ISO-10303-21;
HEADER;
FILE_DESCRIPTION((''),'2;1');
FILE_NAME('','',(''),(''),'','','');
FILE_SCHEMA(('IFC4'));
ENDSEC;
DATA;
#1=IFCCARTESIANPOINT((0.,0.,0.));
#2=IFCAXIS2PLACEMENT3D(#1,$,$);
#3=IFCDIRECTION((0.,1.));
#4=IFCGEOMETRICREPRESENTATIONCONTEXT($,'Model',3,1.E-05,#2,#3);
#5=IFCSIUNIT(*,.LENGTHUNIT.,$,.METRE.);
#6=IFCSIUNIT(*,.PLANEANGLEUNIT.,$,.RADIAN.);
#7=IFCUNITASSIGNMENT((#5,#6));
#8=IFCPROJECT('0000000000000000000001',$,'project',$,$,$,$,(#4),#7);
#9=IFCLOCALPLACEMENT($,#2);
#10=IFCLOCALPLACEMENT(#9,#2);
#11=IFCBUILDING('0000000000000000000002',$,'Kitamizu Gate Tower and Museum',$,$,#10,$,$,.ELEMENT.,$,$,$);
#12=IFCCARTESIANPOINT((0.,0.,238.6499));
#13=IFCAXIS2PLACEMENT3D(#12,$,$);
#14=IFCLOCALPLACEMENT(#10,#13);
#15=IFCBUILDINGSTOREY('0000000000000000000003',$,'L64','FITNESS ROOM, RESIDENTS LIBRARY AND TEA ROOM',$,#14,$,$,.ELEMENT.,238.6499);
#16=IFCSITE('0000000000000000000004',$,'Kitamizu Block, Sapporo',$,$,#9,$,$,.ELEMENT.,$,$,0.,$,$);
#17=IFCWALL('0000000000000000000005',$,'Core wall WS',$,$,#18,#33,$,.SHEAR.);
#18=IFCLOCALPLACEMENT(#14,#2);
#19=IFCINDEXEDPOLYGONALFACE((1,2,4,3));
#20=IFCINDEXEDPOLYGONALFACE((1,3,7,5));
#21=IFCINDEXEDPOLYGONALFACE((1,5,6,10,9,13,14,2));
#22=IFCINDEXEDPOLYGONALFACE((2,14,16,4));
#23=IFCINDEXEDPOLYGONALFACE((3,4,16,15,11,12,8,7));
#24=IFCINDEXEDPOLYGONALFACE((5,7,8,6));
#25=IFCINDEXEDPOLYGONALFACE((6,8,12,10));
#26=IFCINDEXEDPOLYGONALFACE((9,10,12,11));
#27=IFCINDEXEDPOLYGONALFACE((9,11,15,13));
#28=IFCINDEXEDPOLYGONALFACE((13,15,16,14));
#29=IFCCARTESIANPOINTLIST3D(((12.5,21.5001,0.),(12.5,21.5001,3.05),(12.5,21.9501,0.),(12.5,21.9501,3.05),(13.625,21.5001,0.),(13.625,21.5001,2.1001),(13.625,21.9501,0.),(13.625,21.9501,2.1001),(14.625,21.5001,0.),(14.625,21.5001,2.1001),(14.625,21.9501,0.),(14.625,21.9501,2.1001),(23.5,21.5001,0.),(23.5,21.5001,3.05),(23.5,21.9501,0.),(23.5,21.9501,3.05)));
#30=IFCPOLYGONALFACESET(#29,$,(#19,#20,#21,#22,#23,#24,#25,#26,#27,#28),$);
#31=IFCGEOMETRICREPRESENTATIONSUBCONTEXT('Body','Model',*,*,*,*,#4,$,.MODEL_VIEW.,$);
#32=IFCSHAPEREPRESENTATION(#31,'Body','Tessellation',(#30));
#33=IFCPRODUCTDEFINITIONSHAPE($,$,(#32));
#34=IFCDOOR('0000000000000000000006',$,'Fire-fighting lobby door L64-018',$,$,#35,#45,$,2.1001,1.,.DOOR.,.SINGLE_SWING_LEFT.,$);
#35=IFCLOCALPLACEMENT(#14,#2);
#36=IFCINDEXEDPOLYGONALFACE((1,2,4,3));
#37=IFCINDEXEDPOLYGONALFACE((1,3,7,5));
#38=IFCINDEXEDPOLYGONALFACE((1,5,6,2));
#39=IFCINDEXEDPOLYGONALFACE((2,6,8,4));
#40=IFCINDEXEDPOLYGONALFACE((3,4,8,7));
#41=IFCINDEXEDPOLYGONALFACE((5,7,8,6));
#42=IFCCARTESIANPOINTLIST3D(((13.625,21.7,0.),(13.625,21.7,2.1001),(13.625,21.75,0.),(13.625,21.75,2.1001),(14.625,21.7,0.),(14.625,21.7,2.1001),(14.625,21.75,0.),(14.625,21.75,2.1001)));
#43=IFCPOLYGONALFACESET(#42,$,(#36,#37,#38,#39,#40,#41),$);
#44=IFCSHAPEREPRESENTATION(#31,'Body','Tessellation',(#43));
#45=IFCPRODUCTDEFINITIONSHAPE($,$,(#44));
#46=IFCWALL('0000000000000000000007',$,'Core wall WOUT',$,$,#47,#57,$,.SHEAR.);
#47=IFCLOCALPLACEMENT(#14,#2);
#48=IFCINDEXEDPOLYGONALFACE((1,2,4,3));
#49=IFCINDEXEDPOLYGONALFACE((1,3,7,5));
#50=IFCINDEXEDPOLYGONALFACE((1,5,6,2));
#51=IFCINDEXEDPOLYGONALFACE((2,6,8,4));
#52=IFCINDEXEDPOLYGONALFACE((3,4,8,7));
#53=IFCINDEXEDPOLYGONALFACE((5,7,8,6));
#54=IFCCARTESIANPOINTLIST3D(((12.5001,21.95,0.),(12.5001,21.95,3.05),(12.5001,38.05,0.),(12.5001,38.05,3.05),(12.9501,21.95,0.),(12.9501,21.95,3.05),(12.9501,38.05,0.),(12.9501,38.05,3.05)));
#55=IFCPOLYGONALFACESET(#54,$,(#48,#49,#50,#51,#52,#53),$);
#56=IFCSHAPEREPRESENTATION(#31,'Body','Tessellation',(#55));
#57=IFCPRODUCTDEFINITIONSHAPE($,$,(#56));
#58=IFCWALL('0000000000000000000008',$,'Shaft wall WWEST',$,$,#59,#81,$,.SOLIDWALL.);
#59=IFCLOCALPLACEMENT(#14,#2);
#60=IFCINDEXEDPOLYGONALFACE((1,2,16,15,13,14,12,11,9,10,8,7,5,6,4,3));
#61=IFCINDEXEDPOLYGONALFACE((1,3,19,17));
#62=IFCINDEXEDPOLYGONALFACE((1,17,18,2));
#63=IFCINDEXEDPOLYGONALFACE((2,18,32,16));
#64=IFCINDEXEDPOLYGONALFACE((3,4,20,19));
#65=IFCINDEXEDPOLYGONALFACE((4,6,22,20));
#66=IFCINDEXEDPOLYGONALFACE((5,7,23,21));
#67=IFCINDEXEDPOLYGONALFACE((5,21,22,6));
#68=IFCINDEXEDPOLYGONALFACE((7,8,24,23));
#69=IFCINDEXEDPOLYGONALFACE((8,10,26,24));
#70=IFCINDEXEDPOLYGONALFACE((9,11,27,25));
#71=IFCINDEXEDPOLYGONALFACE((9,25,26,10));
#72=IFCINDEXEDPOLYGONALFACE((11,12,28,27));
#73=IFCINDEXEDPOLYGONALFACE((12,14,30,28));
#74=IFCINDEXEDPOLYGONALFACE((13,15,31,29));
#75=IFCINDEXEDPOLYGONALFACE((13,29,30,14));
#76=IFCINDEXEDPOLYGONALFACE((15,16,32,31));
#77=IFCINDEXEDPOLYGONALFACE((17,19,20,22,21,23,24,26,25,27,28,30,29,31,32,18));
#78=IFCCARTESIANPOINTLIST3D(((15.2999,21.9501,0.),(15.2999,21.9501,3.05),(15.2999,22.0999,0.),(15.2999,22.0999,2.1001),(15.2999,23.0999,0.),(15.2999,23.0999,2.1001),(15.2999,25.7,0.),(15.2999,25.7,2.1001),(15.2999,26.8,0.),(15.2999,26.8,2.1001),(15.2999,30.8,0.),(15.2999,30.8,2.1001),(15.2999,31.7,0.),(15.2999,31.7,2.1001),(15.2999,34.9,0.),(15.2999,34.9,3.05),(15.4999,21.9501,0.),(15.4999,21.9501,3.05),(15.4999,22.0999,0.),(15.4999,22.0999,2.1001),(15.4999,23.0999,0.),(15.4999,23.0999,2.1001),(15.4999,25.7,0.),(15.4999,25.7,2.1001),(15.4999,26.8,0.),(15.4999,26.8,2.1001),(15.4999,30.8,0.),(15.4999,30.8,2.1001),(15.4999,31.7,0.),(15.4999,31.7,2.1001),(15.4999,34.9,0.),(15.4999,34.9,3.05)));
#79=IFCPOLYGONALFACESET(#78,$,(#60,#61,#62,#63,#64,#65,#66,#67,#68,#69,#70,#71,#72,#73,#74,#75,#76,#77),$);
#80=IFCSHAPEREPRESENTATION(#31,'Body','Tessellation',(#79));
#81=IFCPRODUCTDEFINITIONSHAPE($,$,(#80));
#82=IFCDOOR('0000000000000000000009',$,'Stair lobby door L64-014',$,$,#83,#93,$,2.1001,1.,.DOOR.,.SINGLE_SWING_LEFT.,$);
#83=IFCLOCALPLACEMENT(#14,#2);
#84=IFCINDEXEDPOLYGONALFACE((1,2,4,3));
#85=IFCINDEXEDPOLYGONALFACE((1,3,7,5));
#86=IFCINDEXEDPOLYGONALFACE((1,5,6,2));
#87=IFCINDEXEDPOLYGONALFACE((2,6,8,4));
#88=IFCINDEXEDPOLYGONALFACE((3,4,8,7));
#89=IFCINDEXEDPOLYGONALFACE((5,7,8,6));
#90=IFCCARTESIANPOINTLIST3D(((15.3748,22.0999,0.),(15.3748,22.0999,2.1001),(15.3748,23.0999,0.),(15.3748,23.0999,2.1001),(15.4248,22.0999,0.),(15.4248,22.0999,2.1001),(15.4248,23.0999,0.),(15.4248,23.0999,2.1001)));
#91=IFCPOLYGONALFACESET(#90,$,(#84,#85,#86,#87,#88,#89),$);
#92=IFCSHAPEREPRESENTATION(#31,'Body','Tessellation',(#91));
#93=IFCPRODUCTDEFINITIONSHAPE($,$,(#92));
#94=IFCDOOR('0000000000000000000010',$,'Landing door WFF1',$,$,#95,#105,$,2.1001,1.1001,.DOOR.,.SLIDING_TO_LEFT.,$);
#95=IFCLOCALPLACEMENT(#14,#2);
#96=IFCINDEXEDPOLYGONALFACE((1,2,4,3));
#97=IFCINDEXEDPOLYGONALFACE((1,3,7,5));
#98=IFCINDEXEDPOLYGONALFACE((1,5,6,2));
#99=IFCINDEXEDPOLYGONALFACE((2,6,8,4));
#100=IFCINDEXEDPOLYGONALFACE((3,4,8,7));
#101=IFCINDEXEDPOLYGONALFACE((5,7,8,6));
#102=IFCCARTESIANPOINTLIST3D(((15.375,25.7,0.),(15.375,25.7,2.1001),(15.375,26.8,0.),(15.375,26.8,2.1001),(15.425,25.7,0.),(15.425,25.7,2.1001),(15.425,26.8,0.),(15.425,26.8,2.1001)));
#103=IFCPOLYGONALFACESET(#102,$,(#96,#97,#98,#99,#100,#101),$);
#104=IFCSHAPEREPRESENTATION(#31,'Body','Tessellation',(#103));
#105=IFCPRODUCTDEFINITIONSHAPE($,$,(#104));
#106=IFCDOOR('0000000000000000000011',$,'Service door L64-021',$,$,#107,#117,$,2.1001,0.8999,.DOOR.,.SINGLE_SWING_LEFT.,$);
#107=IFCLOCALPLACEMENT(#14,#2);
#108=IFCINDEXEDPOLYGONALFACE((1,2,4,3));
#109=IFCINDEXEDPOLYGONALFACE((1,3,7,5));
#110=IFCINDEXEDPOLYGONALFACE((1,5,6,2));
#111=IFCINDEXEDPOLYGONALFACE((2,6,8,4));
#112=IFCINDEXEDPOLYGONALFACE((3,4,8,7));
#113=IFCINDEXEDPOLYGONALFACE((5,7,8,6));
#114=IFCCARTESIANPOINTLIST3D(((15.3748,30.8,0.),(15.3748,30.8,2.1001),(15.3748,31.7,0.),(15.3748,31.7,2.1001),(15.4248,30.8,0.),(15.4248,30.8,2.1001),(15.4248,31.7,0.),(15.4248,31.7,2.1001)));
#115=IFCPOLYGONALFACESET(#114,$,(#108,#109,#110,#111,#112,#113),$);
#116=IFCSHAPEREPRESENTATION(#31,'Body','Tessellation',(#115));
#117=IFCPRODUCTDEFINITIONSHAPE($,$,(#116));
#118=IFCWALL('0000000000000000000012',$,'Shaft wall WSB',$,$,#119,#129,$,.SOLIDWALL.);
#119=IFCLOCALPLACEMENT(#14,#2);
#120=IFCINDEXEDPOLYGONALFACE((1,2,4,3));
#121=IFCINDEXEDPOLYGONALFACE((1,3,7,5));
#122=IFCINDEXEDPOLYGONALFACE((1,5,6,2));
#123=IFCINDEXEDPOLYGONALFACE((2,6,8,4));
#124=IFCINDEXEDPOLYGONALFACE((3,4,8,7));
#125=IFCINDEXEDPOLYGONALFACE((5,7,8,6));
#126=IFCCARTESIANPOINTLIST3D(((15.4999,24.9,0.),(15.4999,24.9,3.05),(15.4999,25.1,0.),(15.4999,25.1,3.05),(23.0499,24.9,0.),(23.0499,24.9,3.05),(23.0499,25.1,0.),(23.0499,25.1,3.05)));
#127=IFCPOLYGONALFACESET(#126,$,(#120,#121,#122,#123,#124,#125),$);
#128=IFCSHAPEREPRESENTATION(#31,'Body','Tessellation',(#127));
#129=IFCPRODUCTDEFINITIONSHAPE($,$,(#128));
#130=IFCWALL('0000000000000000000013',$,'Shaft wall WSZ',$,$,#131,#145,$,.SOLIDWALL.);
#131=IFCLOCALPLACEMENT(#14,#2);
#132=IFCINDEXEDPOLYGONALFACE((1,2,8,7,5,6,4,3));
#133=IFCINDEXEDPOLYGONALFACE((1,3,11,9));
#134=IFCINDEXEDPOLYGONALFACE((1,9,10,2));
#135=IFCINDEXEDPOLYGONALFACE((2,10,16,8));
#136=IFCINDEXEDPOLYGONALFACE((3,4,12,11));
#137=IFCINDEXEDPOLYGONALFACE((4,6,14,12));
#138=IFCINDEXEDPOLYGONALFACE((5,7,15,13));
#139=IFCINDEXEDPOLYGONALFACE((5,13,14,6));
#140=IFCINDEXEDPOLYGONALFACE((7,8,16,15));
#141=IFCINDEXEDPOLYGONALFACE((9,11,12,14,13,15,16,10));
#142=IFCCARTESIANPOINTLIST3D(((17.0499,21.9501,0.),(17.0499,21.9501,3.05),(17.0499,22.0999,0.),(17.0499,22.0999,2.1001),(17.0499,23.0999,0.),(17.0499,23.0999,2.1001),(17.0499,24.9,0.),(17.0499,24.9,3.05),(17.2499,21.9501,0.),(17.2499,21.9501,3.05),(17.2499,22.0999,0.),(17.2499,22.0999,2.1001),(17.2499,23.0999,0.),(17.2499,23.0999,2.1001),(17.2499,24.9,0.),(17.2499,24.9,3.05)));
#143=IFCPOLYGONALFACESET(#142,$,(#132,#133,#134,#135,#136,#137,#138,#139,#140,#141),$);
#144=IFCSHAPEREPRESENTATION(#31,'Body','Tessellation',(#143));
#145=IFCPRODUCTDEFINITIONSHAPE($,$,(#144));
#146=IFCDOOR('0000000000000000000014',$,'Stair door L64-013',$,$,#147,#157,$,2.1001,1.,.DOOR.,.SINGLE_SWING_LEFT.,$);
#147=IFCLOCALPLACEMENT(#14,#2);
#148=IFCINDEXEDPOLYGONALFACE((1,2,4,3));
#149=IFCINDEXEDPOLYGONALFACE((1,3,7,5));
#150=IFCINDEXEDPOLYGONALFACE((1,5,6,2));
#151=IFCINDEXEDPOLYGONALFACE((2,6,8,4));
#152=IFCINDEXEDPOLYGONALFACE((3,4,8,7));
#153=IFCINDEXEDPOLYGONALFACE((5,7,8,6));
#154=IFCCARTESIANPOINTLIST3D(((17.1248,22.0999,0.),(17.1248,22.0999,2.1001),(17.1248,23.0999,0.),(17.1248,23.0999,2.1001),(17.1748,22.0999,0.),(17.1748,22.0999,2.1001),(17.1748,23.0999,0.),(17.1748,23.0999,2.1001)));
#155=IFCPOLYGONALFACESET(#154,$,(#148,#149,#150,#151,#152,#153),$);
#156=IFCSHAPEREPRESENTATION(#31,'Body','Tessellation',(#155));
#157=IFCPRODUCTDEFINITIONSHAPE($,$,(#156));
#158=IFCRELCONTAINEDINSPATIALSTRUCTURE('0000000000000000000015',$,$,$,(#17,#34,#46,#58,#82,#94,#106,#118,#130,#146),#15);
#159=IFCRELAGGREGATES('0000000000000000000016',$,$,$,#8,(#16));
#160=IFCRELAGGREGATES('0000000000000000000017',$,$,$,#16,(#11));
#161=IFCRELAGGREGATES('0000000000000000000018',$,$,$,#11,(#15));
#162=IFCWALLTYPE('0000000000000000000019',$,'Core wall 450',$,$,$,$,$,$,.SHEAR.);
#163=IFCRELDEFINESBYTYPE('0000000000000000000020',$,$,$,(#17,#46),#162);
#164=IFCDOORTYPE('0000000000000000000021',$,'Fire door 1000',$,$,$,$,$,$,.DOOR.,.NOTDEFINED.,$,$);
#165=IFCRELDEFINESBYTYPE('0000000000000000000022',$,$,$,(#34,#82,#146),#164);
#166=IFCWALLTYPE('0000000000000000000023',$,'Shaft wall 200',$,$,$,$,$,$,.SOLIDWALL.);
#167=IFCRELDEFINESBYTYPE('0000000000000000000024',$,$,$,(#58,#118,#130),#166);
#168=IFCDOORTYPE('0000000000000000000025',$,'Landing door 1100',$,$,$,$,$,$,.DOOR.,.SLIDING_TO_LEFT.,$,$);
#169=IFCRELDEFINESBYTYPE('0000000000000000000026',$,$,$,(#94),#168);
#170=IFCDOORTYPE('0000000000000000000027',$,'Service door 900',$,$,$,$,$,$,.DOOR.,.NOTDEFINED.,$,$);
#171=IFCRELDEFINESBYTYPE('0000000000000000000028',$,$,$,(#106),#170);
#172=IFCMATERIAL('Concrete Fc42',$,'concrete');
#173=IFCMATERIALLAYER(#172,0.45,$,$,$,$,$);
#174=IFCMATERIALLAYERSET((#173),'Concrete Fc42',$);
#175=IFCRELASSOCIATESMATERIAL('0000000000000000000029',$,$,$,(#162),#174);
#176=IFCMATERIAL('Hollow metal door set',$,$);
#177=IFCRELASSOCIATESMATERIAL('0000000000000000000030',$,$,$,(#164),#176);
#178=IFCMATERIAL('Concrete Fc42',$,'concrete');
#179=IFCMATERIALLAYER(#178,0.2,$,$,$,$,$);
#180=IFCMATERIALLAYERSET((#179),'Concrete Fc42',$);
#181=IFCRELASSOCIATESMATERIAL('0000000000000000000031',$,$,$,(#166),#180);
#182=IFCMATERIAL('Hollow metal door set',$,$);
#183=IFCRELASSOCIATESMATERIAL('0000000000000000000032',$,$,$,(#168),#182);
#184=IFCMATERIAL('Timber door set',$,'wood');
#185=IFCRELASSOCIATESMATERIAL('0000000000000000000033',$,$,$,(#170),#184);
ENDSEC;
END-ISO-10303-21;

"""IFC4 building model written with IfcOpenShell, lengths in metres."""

from ifc_helpers import new_model, si_unit, direction, frame, frame_2d, origin, place, context, subcontext, project, spatial, rectangle, extrude, material, layer, layer_set, type_object, element, fill, save


model = new_model("IFC4")

# Units and contexts
model_context = context("Model", 3, precision=1e-05, world=origin(), true_north=direction((0.0, 1.0)))
body_context = subcontext(model_context, "Body", "Model", "MODEL_VIEW")
ifc_project = project(units=[si_unit("LENGTHUNIT", "METRE"), si_unit("PLANEANGLEUNIT", "RADIAN")], contexts=[model_context])

# Site, building, storey
site_placement = place(None, origin())
site = spatial("IfcSite", under=ifc_project, at=site_placement, Name="Kitamizu Block, Sapporo", CompositionType="ELEMENT", RefElevation=0.0)
building_placement = place(site_placement, origin())
building = spatial("IfcBuilding", under=site, at=building_placement, Name="Kitamizu Gate Tower and Museum", CompositionType="ELEMENT")
storey_placement = place(building_placement, frame((0.0, 0.0, 238.6499)))
storey = spatial("IfcBuildingStorey", under=building, at=storey_placement, Name="L64", Description="FITNESS ROOM, RESIDENTS LIBRARY AND TEA ROOM", CompositionType="ELEMENT", Elevation=238.6499)

# Wall, opening, door
ifc_material_1 = material(Name="Concrete Fc42", Category="concrete")
ifc_layer_1 = layer(ifc_material_1, 0.45)
ifc_layer_set_1 = layer_set([ifc_layer_1], Name="Concrete Fc42")
wall_type_1 = type_object("IfcWallType", Name="Core wall 450", PredefinedType="SHEAR", material=ifc_layer_set_1)
wall_1_placement = place(storey_placement, frame((12.5, 21.7251, 0.0), z_axis=(0.0, 0.0, 1.0), x_axis=(1.0, 0.0, 0.0)))
wall_1 = element("IfcWall", 1, at=wall_1_placement, inside=storey, type_object=wall_type_1, Name="Core wall WS", PredefinedType="SHEAR", context=body_context, shape_type="SweptSolid", body=[
    extrude(rectangle(XDim=11.0, YDim=0.45, at=frame_2d((5.5, 0.0))), origin(), (0.0, 0.0, 1.0), 3.05),
])
opening_1_placement = place(wall_1_placement, frame((1.125, 0.0, 0.0)))
opening_1 = element("IfcOpeningElement", 2, at=opening_1_placement, cuts=wall_1, PredefinedType="OPENING", context=body_context, shape_type="SweptSolid", body=[
    extrude(rectangle(XDim=1.0, YDim=2.1001, at=frame_2d((0.5, 1.05))), frame((0.0, 0.2349, 0.0), z_axis=(0.0, -1.0, 0.0), x_axis=(1.0, 0.0, 0.0)), (0.0, 0.0, 1.0), 0.47),
])
ifc_material_2 = material(Name="Hollow metal door set")
door_type_1 = type_object("IfcDoorType", Name="Fire door 1000", OperationType="NOTDEFINED", PredefinedType="DOOR", material=ifc_material_2)
door_1_placement = place(opening_1_placement, origin())
door_1 = element("IfcDoor", 3, at=door_1_placement, inside=storey, type_object=door_type_1, Name="Fire-fighting lobby door L64-018", OperationType="SINGLE_SWING_LEFT", OverallHeight=2.1001, OverallWidth=1.0, PredefinedType="DOOR", context=body_context, shape_type="SweptSolid", body=[
    extrude(rectangle(XDim=1.0, YDim=2.1001, at=frame_2d((0.5, 1.05))), frame((0.0, 0.0249, 0.0), z_axis=(0.0, -1.0, 0.0), x_axis=(1.0, 0.0, 0.0)), (0.0, 0.0, 1.0), 0.05),
])
fill(opening_1, door_1)

# Wall
wall_2_placement = place(storey_placement, frame((12.7251, 21.95, 0.0), z_axis=(0.0, 0.0, 1.0), x_axis=(0.0, 1.0, 0.0)))
element("IfcWall", 4, at=wall_2_placement, inside=storey, type_object=wall_type_1, Name="Core wall WOUT", PredefinedType="SHEAR", context=body_context, shape_type="SweptSolid", body=[
    extrude(rectangle(XDim=16.1001, YDim=0.45, at=frame_2d((8.05, 0.0))), origin(), (0.0, 0.0, 1.0), 3.05),
])

# Wall, openings, doors
ifc_material_3 = material(Name="Concrete Fc42", Category="concrete")
ifc_layer_2 = layer(ifc_material_3, 0.2)
ifc_layer_set_2 = layer_set([ifc_layer_2], Name="Concrete Fc42")
wall_type_2 = type_object("IfcWallType", Name="Shaft wall 200", PredefinedType="SOLIDWALL", material=ifc_layer_set_2)
wall_3_placement = place(storey_placement, frame((15.3999, 21.95, 0.0), z_axis=(0.0, 0.0, 1.0), x_axis=(0.0, 1.0, 0.0)))
wall_3 = element("IfcWall", 5, at=wall_3_placement, inside=storey, type_object=wall_type_2, Name="Shaft wall WWEST", PredefinedType="SOLIDWALL", context=body_context, shape_type="SweptSolid", body=[
    extrude(rectangle(XDim=12.95, YDim=0.2, at=frame_2d((6.4751, 0.0))), origin(), (0.0, 0.0, 1.0), 3.05),
])
opening_2_placement = place(wall_3_placement, frame((3.75, 0.0, 0.0)))
opening_2 = element("IfcOpeningElement", 6, at=opening_2_placement, cuts=wall_3, PredefinedType="OPENING", context=body_context, shape_type="SweptSolid", body=[
    extrude(rectangle(XDim=1.1001, YDim=2.1001, at=frame_2d((0.55, 1.05))), frame((0.0, 0.1099, 0.0), z_axis=(0.0, -1.0, 0.0), x_axis=(1.0, 0.0, 0.0)), (0.0, 0.0, 1.0), 0.22),
])
opening_3_placement = place(wall_3_placement, frame((0.1499, 0.0, 0.0)))
opening_3 = element("IfcOpeningElement", 7, at=opening_3_placement, cuts=wall_3, PredefinedType="OPENING", context=body_context, shape_type="SweptSolid", body=[
    extrude(rectangle(XDim=1.0, YDim=2.1001, at=frame_2d((0.5, 1.05))), frame((0.0, 0.1099, 0.0), z_axis=(0.0, -1.0, 0.0), x_axis=(1.0, 0.0, 0.0)), (0.0, 0.0, 1.0), 0.22),
])
opening_4_placement = place(wall_3_placement, frame((8.8501, 0.0, 0.0)))
opening_4 = element("IfcOpeningElement", 8, at=opening_4_placement, cuts=wall_3, PredefinedType="OPENING", context=body_context, shape_type="SweptSolid", body=[
    extrude(rectangle(XDim=0.8999, YDim=2.1001, at=frame_2d((0.45, 1.05))), frame((0.0, 0.1099, 0.0), z_axis=(0.0, -1.0, 0.0), x_axis=(1.0, 0.0, 0.0)), (0.0, 0.0, 1.0), 0.22),
])
door_2_placement = place(opening_3_placement, frame((1.0, 0.0, 0.0), x_axis=(-1.0, 0.0, 0.0)))
door_2 = element("IfcDoor", 9, at=door_2_placement, inside=storey, type_object=door_type_1, Name="Stair lobby door L64-014", OperationType="SINGLE_SWING_LEFT", OverallHeight=2.1001, OverallWidth=1.0, PredefinedType="DOOR", context=body_context, shape_type="SweptSolid", body=[
    extrude(rectangle(XDim=1.0, YDim=2.1001, at=frame_2d((0.5, 1.05))), frame((0.0, 0.0249, 0.0), z_axis=(0.0, -1.0, 0.0), x_axis=(1.0, 0.0, 0.0)), (0.0, 0.0, 1.0), 0.05),
])
fill(opening_3, door_2)
ifc_material_4 = material(Name="Hollow metal door set")
door_type_2 = type_object("IfcDoorType", Name="Landing door 1100", OperationType="SLIDING_TO_LEFT", PredefinedType="DOOR", material=ifc_material_4)
door_3_placement = place(opening_2_placement, origin())
door_3 = element("IfcDoor", 10, at=door_3_placement, inside=storey, type_object=door_type_2, Name="Landing door WFF1", OperationType="SLIDING_TO_LEFT", OverallHeight=2.1001, OverallWidth=1.1001, PredefinedType="DOOR", context=body_context, shape_type="SweptSolid", body=[
    extrude(rectangle(XDim=1.1001, YDim=2.1001, at=frame_2d((0.55, 1.05))), frame((0.0, 0.0249, 0.0), z_axis=(0.0, -1.0, 0.0), x_axis=(1.0, 0.0, 0.0)), (0.0, 0.0, 1.0), 0.05),
])
fill(opening_2, door_3)
ifc_material_5 = material(Name="Timber door set", Category="wood")
door_type_3 = type_object("IfcDoorType", Name="Service door 900", OperationType="NOTDEFINED", PredefinedType="DOOR", material=ifc_material_5)
door_4_placement = place(opening_4_placement, frame((0.8999, 0.0, 0.0), x_axis=(-1.0, 0.0, 0.0)))
door_4 = element("IfcDoor", 11, at=door_4_placement, inside=storey, type_object=door_type_3, Name="Service door L64-021", OperationType="SINGLE_SWING_LEFT", OverallHeight=2.1001, OverallWidth=0.8999, PredefinedType="DOOR", context=body_context, shape_type="SweptSolid", body=[
    extrude(rectangle(XDim=0.8999, YDim=2.1001, at=frame_2d((0.45, 1.05))), frame((0.0, 0.0249, 0.0), z_axis=(0.0, -1.0, 0.0), x_axis=(1.0, 0.0, 0.0)), (0.0, 0.0, 1.0), 0.05),
])
fill(opening_4, door_4)

# Wall
wall_4_placement = place(storey_placement, frame((15.5, 25.0, 0.0), z_axis=(0.0, 0.0, 1.0), x_axis=(1.0, 0.0, 0.0)))
element("IfcWall", 12, at=wall_4_placement, inside=storey, type_object=wall_type_2, Name="Shaft wall WSB", PredefinedType="SOLIDWALL", context=body_context, shape_type="SweptSolid", body=[
    extrude(rectangle(XDim=7.55, YDim=0.2, at=frame_2d((3.7749, 0.0))), origin(), (0.0, 0.0, 1.0), 3.05),
])

# Wall, opening, door
wall_5_placement = place(storey_placement, frame((17.1499, 21.95, 0.0), z_axis=(0.0, 0.0, 1.0), x_axis=(0.0, 1.0, 0.0)))
wall_5 = element("IfcWall", 13, at=wall_5_placement, inside=storey, type_object=wall_type_2, Name="Shaft wall WSZ", PredefinedType="SOLIDWALL", context=body_context, shape_type="SweptSolid", body=[
    extrude(rectangle(XDim=2.95, YDim=0.2, at=frame_2d((1.4751, 0.0))), origin(), (0.0, 0.0, 1.0), 3.05),
])
opening_5_placement = place(wall_5_placement, frame((0.1499, 0.0, 0.0)))
opening_5 = element("IfcOpeningElement", 14, at=opening_5_placement, cuts=wall_5, PredefinedType="OPENING", context=body_context, shape_type="SweptSolid", body=[
    extrude(rectangle(XDim=1.0, YDim=2.1001, at=frame_2d((0.5, 1.05))), frame((0.0, 0.1099, 0.0), z_axis=(0.0, -1.0, 0.0), x_axis=(1.0, 0.0, 0.0)), (0.0, 0.0, 1.0), 0.22),
])
door_5_placement = place(opening_5_placement, frame((1.0, 0.0, 0.0), x_axis=(-1.0, 0.0, 0.0)))
door_5 = element("IfcDoor", 15, at=door_5_placement, inside=storey, type_object=door_type_1, Name="Stair door L64-013", OperationType="SINGLE_SWING_LEFT", OverallHeight=2.1001, OverallWidth=1.0, PredefinedType="DOOR", context=body_context, shape_type="SweptSolid", body=[
    extrude(rectangle(XDim=1.0, YDim=2.1001, at=frame_2d((0.5, 1.05))), frame((0.0, 0.0249, 0.0), z_axis=(0.0, -1.0, 0.0), x_axis=(1.0, 0.0, 0.0)), (0.0, 0.0, 1.0), 0.05),
])
fill(opening_5, door_5)

save(model, "model.ifc")
